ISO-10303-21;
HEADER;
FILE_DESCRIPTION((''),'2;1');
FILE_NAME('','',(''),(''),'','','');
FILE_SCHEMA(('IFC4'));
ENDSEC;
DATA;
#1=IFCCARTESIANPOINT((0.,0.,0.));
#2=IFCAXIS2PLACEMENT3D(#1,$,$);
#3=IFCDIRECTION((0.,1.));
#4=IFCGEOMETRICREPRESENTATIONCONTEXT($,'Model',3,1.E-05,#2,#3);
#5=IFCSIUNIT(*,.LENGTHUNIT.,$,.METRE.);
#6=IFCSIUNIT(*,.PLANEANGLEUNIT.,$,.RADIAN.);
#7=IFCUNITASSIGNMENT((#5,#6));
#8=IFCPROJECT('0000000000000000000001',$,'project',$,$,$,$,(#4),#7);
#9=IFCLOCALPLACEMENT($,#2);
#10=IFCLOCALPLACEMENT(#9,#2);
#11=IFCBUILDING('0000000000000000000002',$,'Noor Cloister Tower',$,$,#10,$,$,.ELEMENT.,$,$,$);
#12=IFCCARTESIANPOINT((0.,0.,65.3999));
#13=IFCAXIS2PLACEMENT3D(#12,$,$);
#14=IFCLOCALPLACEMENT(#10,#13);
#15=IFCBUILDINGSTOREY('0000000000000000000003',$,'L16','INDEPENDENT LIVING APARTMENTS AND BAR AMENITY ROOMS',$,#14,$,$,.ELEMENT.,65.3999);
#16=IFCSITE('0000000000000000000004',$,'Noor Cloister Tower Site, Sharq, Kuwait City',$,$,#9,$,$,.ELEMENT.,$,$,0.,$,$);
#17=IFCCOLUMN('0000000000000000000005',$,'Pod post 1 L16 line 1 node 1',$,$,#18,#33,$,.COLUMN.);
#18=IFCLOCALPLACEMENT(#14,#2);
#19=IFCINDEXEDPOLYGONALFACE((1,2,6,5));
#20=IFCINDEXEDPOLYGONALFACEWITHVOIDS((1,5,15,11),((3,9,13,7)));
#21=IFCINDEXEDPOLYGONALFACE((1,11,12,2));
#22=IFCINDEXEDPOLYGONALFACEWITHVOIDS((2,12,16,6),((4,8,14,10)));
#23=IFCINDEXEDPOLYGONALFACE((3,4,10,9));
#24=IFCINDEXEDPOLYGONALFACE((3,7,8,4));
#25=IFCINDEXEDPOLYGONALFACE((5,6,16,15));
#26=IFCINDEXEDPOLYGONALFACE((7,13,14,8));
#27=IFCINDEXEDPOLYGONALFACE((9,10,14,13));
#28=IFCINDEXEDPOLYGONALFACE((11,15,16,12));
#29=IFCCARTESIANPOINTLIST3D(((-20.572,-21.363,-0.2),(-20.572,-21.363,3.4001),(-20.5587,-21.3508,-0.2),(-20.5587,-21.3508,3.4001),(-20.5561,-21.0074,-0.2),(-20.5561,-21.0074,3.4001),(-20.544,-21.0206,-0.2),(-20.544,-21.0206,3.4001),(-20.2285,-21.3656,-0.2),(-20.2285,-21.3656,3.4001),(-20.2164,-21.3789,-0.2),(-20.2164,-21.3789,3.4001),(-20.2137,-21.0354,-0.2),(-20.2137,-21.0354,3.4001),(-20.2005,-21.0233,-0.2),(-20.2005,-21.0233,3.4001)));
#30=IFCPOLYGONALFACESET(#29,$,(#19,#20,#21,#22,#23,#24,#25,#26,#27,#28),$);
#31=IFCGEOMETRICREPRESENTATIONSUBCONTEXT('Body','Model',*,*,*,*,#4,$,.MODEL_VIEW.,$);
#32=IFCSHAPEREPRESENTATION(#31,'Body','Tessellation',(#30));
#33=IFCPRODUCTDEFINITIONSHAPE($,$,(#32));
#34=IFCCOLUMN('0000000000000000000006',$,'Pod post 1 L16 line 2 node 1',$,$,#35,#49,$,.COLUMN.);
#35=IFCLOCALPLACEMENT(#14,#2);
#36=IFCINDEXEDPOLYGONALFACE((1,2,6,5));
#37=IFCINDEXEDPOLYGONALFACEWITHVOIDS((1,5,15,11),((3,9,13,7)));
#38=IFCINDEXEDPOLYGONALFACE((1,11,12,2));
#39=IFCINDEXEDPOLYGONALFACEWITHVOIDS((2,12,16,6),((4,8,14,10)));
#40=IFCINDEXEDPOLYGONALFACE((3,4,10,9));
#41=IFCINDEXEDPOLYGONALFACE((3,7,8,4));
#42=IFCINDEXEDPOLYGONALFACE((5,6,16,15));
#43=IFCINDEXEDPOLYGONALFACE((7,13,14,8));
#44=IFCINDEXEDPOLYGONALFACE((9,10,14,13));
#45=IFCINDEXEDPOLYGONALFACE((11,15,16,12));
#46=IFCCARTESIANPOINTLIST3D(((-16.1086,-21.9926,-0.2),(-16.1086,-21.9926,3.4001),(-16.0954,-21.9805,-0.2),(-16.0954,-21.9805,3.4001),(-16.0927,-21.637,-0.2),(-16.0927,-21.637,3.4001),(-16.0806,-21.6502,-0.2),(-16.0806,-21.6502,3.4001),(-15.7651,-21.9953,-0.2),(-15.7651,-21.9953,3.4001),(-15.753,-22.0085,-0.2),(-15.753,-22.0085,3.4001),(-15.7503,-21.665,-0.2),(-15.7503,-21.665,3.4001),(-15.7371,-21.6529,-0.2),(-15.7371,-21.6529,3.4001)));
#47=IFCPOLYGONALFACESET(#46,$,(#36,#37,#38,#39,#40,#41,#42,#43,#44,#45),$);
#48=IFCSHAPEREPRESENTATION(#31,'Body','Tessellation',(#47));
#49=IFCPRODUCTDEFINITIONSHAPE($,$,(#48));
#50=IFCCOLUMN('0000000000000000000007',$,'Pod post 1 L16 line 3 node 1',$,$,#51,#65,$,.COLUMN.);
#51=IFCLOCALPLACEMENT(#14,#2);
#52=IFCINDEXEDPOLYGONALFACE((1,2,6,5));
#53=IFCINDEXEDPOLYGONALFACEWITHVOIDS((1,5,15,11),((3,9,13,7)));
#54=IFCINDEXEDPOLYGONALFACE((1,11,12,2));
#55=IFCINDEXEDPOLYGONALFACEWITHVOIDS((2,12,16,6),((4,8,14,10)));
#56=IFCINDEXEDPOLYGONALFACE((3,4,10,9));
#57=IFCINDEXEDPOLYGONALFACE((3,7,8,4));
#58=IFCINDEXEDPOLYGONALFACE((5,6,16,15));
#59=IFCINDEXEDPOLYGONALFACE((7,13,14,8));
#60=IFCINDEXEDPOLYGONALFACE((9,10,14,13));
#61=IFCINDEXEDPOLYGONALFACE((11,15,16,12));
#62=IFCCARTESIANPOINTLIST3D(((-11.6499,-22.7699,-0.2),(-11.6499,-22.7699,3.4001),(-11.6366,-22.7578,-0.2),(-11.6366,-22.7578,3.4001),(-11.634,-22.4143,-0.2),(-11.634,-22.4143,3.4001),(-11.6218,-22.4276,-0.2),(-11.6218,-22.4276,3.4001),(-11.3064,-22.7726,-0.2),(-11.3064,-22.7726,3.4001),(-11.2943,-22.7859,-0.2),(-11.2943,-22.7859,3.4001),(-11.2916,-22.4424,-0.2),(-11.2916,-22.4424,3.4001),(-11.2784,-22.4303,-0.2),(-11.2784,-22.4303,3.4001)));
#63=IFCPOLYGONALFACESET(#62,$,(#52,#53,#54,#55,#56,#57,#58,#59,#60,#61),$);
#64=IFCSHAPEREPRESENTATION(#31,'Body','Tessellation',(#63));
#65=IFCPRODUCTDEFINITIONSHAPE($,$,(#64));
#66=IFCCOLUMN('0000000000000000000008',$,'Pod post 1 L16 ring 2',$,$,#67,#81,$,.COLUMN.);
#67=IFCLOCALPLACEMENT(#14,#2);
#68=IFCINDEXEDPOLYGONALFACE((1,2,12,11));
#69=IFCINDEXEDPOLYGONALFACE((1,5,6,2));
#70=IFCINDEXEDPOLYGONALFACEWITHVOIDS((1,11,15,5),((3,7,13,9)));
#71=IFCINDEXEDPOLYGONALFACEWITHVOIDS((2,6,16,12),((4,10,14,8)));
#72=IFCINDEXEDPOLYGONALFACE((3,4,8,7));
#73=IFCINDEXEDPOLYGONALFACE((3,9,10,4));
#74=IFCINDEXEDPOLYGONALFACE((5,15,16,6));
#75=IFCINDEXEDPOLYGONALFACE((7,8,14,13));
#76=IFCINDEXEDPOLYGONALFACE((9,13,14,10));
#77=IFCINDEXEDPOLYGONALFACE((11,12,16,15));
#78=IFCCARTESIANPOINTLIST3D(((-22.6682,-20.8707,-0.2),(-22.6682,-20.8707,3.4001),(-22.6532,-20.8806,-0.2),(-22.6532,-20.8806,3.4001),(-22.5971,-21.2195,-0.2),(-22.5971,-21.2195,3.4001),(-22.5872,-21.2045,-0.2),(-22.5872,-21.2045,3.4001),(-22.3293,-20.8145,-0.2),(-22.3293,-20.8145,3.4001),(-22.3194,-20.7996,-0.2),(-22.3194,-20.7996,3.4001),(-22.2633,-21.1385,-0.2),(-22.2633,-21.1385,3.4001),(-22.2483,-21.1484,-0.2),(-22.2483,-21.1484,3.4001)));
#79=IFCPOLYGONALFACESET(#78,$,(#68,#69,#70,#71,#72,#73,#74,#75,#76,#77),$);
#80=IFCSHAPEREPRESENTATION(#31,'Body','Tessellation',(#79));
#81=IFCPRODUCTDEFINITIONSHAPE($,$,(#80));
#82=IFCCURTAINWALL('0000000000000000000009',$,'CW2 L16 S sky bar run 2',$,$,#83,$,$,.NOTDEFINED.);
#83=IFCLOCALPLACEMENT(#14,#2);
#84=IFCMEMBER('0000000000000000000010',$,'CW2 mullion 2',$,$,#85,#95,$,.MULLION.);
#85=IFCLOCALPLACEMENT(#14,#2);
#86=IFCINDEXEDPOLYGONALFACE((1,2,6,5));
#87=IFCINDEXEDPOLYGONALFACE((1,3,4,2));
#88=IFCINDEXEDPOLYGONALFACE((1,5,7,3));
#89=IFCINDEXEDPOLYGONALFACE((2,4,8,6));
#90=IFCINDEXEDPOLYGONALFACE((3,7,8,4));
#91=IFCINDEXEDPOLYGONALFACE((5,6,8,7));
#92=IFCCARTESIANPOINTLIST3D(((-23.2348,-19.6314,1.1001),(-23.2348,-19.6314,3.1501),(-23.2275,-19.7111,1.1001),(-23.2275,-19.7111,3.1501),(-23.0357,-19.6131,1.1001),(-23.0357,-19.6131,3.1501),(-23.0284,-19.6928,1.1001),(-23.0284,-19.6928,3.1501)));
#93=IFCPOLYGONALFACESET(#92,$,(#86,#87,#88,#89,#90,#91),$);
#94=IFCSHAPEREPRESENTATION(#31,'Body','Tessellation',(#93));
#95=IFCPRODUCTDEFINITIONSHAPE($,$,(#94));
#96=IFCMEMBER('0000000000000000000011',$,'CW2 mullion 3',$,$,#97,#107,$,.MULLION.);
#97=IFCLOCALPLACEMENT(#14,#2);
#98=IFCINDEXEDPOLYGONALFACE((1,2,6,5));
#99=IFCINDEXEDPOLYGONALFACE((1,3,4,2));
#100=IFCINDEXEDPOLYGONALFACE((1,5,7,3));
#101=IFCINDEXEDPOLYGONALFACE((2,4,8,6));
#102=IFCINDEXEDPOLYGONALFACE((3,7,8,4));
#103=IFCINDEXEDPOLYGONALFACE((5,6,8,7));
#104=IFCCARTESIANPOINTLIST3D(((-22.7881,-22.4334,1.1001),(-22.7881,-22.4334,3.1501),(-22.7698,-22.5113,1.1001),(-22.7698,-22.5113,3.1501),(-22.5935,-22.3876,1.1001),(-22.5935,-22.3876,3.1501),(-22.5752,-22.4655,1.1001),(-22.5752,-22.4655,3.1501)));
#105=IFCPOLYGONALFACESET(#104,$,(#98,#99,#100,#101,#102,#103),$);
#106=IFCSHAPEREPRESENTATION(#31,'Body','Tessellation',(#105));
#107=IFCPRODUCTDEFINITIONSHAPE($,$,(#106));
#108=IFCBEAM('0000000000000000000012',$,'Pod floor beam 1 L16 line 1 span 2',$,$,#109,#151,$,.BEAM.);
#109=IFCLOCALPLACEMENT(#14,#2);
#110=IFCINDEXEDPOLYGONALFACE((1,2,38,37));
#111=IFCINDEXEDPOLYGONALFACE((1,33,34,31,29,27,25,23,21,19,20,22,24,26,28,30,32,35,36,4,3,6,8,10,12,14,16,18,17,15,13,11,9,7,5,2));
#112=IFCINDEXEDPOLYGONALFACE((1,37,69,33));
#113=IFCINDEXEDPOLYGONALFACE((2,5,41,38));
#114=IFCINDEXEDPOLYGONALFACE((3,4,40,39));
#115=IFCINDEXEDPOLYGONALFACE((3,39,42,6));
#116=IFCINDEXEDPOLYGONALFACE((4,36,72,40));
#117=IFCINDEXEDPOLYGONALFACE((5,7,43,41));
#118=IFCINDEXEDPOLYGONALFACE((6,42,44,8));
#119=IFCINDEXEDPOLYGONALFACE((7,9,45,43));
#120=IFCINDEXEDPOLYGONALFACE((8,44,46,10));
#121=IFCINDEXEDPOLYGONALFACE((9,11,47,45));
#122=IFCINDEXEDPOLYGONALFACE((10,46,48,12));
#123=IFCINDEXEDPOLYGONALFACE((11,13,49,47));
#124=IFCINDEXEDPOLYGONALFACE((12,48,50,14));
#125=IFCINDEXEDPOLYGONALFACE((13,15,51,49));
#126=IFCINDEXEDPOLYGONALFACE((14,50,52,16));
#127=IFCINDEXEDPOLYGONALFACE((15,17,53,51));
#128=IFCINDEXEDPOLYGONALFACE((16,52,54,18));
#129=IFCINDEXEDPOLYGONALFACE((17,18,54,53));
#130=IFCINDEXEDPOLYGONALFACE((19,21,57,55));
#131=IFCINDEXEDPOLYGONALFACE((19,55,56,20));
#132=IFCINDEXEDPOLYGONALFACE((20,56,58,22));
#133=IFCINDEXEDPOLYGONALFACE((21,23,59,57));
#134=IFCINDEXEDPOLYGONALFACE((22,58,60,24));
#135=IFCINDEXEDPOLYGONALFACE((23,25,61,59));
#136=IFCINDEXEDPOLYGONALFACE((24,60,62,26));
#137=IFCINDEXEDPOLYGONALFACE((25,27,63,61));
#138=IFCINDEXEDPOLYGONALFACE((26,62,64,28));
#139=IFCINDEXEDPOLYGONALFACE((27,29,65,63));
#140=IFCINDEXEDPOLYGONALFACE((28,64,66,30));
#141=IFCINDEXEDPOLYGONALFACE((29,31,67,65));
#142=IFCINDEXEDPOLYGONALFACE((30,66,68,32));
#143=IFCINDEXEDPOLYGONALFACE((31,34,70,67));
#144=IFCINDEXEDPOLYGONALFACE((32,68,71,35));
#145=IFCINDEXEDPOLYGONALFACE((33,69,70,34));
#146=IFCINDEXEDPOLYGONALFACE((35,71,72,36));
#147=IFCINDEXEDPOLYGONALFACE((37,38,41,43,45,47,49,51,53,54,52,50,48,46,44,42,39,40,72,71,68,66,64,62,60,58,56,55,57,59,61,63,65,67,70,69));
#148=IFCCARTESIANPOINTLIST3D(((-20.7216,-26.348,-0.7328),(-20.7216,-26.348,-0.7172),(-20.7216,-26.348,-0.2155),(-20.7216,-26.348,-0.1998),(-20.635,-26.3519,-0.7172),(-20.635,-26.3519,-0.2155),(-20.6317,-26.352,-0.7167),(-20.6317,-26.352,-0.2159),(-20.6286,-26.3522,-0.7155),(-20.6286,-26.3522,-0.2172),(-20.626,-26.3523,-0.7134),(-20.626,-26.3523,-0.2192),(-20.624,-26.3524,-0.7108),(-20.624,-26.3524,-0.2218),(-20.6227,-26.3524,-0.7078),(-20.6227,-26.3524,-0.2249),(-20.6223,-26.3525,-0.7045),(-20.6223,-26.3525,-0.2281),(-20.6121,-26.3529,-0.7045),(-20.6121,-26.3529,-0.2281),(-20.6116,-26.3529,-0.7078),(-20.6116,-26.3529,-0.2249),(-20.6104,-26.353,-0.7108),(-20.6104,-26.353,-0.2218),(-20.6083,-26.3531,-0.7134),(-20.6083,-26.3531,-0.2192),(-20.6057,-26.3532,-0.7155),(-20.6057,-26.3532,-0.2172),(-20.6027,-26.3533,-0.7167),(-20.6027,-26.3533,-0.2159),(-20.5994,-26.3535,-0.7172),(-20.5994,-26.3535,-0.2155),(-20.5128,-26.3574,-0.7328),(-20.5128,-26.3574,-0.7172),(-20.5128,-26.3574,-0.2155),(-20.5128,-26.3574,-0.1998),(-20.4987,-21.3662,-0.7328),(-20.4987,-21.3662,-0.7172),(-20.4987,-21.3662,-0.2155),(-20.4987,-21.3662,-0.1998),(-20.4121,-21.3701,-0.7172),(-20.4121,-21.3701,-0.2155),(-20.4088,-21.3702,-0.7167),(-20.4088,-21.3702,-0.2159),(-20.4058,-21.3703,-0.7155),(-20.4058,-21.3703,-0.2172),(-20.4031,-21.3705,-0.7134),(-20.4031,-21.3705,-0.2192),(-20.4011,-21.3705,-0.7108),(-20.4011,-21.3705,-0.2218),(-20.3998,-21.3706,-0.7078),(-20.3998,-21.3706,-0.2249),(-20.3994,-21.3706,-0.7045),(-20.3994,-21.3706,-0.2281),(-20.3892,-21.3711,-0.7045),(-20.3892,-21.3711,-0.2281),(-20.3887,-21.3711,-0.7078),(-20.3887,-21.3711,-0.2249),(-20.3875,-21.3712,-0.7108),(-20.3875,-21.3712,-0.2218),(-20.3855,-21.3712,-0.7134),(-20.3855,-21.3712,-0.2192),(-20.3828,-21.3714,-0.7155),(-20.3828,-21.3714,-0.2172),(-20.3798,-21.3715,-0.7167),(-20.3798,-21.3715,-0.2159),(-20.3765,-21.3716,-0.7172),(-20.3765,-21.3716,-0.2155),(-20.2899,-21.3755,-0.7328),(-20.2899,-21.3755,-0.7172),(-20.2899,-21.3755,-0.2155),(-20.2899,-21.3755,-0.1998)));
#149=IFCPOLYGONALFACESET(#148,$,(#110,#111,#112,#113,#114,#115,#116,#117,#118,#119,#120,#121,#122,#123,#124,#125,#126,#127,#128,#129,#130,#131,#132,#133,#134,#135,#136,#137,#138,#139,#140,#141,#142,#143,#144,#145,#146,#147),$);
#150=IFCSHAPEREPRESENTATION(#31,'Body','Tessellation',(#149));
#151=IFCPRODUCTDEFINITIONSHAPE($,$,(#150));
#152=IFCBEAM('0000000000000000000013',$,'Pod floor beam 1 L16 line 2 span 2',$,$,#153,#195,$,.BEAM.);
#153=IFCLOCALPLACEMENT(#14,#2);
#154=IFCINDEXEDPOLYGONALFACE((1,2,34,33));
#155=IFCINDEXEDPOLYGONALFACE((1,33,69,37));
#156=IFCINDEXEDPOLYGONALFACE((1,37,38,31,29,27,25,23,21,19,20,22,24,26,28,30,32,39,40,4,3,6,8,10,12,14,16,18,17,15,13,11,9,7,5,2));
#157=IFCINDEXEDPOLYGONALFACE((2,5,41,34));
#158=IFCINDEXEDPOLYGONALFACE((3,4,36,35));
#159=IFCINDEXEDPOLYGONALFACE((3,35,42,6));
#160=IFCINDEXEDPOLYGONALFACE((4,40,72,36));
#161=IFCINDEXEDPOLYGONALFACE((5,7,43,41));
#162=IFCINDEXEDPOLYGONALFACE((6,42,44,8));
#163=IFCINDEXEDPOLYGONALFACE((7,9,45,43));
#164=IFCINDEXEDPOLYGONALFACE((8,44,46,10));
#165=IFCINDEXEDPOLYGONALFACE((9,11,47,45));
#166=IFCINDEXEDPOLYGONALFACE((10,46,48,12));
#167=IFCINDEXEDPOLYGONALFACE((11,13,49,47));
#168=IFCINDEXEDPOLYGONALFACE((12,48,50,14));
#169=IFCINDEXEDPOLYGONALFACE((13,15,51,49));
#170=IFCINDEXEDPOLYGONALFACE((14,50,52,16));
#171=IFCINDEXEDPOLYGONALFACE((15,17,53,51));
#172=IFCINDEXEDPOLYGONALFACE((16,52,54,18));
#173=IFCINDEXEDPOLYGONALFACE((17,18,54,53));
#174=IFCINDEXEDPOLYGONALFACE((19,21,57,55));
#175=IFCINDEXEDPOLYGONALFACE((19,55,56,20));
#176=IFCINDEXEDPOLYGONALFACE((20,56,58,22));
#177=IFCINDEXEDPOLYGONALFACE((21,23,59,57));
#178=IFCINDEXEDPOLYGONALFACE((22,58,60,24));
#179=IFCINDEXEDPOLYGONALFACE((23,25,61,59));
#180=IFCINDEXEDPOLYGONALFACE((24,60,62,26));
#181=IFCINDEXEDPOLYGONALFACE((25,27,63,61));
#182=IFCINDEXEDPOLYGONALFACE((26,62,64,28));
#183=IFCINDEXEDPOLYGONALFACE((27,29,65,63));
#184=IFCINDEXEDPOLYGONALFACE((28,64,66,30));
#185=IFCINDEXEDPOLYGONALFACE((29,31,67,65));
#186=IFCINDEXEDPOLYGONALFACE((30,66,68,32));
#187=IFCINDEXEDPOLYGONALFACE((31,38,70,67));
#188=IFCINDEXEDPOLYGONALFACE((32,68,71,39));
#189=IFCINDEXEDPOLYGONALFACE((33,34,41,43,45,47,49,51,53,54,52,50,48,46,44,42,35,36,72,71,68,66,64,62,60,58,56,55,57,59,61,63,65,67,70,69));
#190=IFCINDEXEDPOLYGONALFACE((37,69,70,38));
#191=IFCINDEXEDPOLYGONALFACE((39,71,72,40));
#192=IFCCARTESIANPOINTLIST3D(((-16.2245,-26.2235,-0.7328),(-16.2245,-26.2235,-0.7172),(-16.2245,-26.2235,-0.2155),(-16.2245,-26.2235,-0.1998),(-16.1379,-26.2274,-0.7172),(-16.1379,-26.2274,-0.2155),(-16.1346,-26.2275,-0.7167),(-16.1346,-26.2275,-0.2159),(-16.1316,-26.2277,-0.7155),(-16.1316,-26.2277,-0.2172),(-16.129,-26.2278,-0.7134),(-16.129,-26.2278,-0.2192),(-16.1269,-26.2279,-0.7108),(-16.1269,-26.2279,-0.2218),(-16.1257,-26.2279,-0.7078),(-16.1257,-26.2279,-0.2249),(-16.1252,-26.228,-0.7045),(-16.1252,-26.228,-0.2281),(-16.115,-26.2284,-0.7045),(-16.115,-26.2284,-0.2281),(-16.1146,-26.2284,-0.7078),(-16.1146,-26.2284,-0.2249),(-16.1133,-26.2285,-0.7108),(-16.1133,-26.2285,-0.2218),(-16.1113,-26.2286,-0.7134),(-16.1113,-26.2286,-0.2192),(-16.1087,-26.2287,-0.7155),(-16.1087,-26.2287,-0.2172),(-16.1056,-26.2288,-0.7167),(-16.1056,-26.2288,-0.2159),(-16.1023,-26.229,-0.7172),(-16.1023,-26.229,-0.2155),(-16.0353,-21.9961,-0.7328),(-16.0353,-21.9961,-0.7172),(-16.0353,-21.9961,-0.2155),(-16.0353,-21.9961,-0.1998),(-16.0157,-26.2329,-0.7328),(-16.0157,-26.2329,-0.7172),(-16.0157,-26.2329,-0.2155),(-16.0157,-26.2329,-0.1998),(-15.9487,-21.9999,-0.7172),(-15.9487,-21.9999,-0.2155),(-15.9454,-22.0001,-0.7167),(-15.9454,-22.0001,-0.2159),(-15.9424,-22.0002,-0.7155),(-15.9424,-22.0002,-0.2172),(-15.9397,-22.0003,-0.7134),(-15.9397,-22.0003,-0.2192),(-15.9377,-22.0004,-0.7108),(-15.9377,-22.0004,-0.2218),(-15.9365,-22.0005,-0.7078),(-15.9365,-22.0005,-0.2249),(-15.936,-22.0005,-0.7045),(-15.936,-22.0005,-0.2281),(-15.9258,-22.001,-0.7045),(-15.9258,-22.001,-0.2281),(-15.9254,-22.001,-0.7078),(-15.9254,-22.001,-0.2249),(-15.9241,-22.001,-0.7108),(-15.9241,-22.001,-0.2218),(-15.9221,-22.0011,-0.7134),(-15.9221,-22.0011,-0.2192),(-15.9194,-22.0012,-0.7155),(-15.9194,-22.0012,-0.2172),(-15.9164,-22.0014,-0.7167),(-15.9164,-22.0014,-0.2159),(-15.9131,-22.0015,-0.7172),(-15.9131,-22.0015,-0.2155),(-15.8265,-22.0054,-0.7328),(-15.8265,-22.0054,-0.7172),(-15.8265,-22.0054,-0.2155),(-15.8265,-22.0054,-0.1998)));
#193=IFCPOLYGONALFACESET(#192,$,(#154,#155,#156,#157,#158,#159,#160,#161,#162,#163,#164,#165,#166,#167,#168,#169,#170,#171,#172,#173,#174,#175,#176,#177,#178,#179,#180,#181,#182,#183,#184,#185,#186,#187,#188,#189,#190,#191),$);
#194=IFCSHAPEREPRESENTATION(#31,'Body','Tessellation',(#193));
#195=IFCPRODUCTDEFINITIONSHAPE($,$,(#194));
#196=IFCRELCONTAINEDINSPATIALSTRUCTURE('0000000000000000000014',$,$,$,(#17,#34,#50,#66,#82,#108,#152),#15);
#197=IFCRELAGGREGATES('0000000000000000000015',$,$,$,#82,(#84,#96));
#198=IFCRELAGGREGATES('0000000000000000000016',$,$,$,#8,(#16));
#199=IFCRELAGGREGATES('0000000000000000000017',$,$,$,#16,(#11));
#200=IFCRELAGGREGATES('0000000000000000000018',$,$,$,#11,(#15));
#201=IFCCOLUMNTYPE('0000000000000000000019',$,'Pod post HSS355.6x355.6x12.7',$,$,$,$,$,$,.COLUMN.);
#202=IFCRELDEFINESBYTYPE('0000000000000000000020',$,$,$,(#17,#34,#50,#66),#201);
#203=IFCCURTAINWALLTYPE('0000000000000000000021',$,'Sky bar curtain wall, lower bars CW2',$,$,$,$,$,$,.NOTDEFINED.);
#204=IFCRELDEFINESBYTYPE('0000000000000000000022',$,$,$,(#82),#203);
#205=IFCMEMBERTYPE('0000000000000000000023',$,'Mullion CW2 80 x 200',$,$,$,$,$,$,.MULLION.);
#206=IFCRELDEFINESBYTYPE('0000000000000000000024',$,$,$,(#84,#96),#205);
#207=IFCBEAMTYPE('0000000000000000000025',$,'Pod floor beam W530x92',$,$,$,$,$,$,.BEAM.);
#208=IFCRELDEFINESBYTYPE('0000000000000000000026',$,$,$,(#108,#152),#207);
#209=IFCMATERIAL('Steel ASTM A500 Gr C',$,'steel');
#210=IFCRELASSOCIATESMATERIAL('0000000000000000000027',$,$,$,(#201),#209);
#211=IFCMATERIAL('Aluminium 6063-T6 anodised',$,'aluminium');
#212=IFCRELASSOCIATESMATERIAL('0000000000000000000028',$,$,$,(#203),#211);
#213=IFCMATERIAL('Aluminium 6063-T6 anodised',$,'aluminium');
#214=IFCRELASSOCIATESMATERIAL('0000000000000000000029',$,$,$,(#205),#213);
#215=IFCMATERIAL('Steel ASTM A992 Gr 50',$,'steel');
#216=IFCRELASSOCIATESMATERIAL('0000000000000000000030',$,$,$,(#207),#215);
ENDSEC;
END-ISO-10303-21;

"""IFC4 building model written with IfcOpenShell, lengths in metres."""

from ifc_helpers import new_model, si_unit, direction, frame, origin, origin_2d, place, context, subcontext, project, spatial, rectangle, hollow_rectangle, i_section, extrude, material, material_profile, profile_set, type_object, element, aggregate, save


model = new_model("IFC4")

# Units and contexts
model_context = context("Model", 3, precision=1e-05, world=origin(), true_north=direction((0.0, 1.0)))
body_context = subcontext(model_context, "Body", "Model", "MODEL_VIEW")
ifc_project = project(units=[si_unit("LENGTHUNIT", "METRE"), si_unit("PLANEANGLEUNIT", "RADIAN")], contexts=[model_context])

# Site, building, storey
site_placement = place(None, origin())
site = spatial("IfcSite", under=ifc_project, at=site_placement, Name="Noor Cloister Tower Site, Sharq, Kuwait City", CompositionType="ELEMENT", RefElevation=0.0)
building_placement = place(site_placement, origin())
building = spatial("IfcBuilding", under=site, at=building_placement, Name="Noor Cloister Tower", CompositionType="ELEMENT")
storey_placement = place(building_placement, frame((0.0, 0.0, 65.3999)))
storey = spatial("IfcBuildingStorey", under=building, at=storey_placement, Name="L16", Description="INDEPENDENT LIVING APARTMENTS AND BAR AMENITY ROOMS", CompositionType="ELEMENT", Elevation=65.3999)

# Columns
ifc_material_1 = material(Name="Steel ASTM A500 Gr C", Category="steel")
ifc_material_profile_1 = material_profile(ifc_material_1, hollow_rectangle(XDim=0.356, YDim=0.356, WallThickness=0.0127, at=origin_2d()), Name="HSS355.6x355.6x12.7")
ifc_profile_set_1 = profile_set([ifc_material_profile_1], Name="Steel ASTM A500 Gr C")
column_type = type_object("IfcColumnType", Name="Pod post HSS355.6x355.6x12.7", PredefinedType="COLUMN", material=ifc_profile_set_1)
for number, where, z_axis, x_axis, name in (
    (1, (-20.3862, -21.1931, -0.2), (0.0, 0.0, 1.0), (-0.044724, -0.998999, 0.0), "Pod post 1 L16 line 1 node 1"),
    (2, (-15.9229, -21.8228, -0.2), (0.0, 0.0, 1.0), (-0.044724, -0.998999, 0.0), "Pod post 1 L16 line 2 node 1"),
    (3, (-11.4641, -22.6001, -0.2), (0.0, 0.0, 1.0), (-0.044724, -0.998999, 0.0), "Pod post 1 L16 line 3 node 1"),
    (4, (-22.4583, -21.0095, -0.2), (0.0, 0.0, 1.0), (0.199785, -0.97984, 0.0), "Pod post 1 L16 ring 2"),
):
    element("IfcColumn", number, at=place(storey_placement, frame(where, z_axis=z_axis, x_axis=x_axis)), inside=storey, type_object=column_type, Name=name, PredefinedType="COLUMN", context=body_context, shape_type="SweptSolid", body=[
        extrude(hollow_rectangle(XDim=0.356, YDim=0.356, WallThickness=0.0127, at=origin_2d()), origin(), (0.0, 0.0, 1.0), 3.6001),
    ])

# Curtain wall, members
ifc_material_2 = material(Name="Aluminium 6063-T6 anodised", Category="aluminium")
curtain_wall_type = type_object("IfcCurtainWallType", Name="Sky bar curtain wall, lower bars CW2", PredefinedType="NOTDEFINED", material=ifc_material_2)
curtain_wall_placement = place(storey_placement, origin())
curtain_wall = element("IfcCurtainWall", 5, at=curtain_wall_placement, inside=storey, type_object=curtain_wall_type, Name="CW2 L16 S sky bar run 2", PredefinedType="NOTDEFINED")
ifc_material_3 = material(Name="Aluminium 6063-T6 anodised", Category="aluminium")
ifc_material_profile_2 = material_profile(ifc_material_3, rectangle(XDim=0.2, YDim=0.0801, at=origin_2d()), Name="200 x 80 mullion")
ifc_profile_set_2 = profile_set([ifc_material_profile_2], Name="Aluminium 6063-T6 anodised")
member_type = type_object("IfcMemberType", Name="Mullion CW2 80 x 200", PredefinedType="MULLION", material=ifc_profile_set_2)
member_1_placement = place(storey_placement, frame((-23.1316, -19.6621, 1.1001), z_axis=(0.0, 0.0, 1.0), x_axis=(0.995819, 0.091347, 0.0)))
member_1 = element("IfcMember", 6, at=member_1_placement, type_object=member_type, Name="CW2 mullion 2", PredefinedType="MULLION", context=body_context, shape_type="SweptSolid", body=[
    extrude(rectangle(XDim=0.2, YDim=0.0801, at=origin_2d()), origin(), (0.0, 0.0, 1.0), 2.05),
])
member_2_placement = place(storey_placement, frame((-22.6816, -22.4495, 1.1001), z_axis=(0.0, 0.0, 1.0), x_axis=(0.973437, 0.228957, 0.0)))
member_2 = element("IfcMember", 7, at=member_2_placement, type_object=member_type, Name="CW2 mullion 3", PredefinedType="MULLION", context=body_context, shape_type="SweptSolid", body=[
    extrude(rectangle(XDim=0.2, YDim=0.0801, at=origin_2d()), origin(), (0.0, 0.0, 1.0), 2.05),
])

# Beams
ifc_material_4 = material(Name="Steel ASTM A992 Gr 50", Category="steel")
ifc_material_profile_3 = material_profile(ifc_material_4, i_section(OverallWidth=0.209, OverallDepth=0.533, WebThickness=0.0103, FlangeThickness=0.0156, FilletRadius=0.0127, at=origin_2d()), Name="W530x92")
ifc_profile_set_3 = profile_set([ifc_material_profile_3], Name="Steel ASTM A992 Gr 50")
beam_type_1 = type_object("IfcBeamType", Name="Pod floor beam W530x92", PredefinedType="BEAM", material=ifc_profile_set_3)
beam_1_placement = place(storey_placement, frame((-20.3943, -21.3708, -0.4663), z_axis=(-0.044697, -0.999001, 0.0), x_axis=(0.999001, -0.044697, 0.0)))
element("IfcBeam", 8, at=beam_1_placement, inside=storey, type_object=beam_type_1, Name="Pod floor beam 1 L16 line 1 span 2", PredefinedType="BEAM", context=body_context, shape_type="SweptSolid", body=[
    extrude(i_section(OverallWidth=0.209, OverallDepth=0.533, WebThickness=0.0103, FlangeThickness=0.0156, FilletRadius=0.0127, at=origin_2d()), origin(), (0.0, 0.0, 1.0), 4.9868),
])
beam_2_placement = place(storey_placement, frame((-15.9309, -22.0007, -0.4663), z_axis=(-0.044712, -0.999, 0.0), x_axis=(0.999, -0.044712, 0.0)))
element("IfcBeam", 9, at=beam_2_placement, inside=storey, type_object=beam_type_1, Name="Pod floor beam 1 L16 line 2 span 2", PredefinedType="BEAM", context=body_context, shape_type="SweptSolid", body=[
    extrude(i_section(OverallWidth=0.209, OverallDepth=0.533, WebThickness=0.0103, FlangeThickness=0.0156, FilletRadius=0.0127, at=origin_2d()), origin(), (0.0, 0.0, 1.0), 4.2317),
])

aggregate(curtain_wall, [member_1, member_2])

save(model, "model.ifc")
